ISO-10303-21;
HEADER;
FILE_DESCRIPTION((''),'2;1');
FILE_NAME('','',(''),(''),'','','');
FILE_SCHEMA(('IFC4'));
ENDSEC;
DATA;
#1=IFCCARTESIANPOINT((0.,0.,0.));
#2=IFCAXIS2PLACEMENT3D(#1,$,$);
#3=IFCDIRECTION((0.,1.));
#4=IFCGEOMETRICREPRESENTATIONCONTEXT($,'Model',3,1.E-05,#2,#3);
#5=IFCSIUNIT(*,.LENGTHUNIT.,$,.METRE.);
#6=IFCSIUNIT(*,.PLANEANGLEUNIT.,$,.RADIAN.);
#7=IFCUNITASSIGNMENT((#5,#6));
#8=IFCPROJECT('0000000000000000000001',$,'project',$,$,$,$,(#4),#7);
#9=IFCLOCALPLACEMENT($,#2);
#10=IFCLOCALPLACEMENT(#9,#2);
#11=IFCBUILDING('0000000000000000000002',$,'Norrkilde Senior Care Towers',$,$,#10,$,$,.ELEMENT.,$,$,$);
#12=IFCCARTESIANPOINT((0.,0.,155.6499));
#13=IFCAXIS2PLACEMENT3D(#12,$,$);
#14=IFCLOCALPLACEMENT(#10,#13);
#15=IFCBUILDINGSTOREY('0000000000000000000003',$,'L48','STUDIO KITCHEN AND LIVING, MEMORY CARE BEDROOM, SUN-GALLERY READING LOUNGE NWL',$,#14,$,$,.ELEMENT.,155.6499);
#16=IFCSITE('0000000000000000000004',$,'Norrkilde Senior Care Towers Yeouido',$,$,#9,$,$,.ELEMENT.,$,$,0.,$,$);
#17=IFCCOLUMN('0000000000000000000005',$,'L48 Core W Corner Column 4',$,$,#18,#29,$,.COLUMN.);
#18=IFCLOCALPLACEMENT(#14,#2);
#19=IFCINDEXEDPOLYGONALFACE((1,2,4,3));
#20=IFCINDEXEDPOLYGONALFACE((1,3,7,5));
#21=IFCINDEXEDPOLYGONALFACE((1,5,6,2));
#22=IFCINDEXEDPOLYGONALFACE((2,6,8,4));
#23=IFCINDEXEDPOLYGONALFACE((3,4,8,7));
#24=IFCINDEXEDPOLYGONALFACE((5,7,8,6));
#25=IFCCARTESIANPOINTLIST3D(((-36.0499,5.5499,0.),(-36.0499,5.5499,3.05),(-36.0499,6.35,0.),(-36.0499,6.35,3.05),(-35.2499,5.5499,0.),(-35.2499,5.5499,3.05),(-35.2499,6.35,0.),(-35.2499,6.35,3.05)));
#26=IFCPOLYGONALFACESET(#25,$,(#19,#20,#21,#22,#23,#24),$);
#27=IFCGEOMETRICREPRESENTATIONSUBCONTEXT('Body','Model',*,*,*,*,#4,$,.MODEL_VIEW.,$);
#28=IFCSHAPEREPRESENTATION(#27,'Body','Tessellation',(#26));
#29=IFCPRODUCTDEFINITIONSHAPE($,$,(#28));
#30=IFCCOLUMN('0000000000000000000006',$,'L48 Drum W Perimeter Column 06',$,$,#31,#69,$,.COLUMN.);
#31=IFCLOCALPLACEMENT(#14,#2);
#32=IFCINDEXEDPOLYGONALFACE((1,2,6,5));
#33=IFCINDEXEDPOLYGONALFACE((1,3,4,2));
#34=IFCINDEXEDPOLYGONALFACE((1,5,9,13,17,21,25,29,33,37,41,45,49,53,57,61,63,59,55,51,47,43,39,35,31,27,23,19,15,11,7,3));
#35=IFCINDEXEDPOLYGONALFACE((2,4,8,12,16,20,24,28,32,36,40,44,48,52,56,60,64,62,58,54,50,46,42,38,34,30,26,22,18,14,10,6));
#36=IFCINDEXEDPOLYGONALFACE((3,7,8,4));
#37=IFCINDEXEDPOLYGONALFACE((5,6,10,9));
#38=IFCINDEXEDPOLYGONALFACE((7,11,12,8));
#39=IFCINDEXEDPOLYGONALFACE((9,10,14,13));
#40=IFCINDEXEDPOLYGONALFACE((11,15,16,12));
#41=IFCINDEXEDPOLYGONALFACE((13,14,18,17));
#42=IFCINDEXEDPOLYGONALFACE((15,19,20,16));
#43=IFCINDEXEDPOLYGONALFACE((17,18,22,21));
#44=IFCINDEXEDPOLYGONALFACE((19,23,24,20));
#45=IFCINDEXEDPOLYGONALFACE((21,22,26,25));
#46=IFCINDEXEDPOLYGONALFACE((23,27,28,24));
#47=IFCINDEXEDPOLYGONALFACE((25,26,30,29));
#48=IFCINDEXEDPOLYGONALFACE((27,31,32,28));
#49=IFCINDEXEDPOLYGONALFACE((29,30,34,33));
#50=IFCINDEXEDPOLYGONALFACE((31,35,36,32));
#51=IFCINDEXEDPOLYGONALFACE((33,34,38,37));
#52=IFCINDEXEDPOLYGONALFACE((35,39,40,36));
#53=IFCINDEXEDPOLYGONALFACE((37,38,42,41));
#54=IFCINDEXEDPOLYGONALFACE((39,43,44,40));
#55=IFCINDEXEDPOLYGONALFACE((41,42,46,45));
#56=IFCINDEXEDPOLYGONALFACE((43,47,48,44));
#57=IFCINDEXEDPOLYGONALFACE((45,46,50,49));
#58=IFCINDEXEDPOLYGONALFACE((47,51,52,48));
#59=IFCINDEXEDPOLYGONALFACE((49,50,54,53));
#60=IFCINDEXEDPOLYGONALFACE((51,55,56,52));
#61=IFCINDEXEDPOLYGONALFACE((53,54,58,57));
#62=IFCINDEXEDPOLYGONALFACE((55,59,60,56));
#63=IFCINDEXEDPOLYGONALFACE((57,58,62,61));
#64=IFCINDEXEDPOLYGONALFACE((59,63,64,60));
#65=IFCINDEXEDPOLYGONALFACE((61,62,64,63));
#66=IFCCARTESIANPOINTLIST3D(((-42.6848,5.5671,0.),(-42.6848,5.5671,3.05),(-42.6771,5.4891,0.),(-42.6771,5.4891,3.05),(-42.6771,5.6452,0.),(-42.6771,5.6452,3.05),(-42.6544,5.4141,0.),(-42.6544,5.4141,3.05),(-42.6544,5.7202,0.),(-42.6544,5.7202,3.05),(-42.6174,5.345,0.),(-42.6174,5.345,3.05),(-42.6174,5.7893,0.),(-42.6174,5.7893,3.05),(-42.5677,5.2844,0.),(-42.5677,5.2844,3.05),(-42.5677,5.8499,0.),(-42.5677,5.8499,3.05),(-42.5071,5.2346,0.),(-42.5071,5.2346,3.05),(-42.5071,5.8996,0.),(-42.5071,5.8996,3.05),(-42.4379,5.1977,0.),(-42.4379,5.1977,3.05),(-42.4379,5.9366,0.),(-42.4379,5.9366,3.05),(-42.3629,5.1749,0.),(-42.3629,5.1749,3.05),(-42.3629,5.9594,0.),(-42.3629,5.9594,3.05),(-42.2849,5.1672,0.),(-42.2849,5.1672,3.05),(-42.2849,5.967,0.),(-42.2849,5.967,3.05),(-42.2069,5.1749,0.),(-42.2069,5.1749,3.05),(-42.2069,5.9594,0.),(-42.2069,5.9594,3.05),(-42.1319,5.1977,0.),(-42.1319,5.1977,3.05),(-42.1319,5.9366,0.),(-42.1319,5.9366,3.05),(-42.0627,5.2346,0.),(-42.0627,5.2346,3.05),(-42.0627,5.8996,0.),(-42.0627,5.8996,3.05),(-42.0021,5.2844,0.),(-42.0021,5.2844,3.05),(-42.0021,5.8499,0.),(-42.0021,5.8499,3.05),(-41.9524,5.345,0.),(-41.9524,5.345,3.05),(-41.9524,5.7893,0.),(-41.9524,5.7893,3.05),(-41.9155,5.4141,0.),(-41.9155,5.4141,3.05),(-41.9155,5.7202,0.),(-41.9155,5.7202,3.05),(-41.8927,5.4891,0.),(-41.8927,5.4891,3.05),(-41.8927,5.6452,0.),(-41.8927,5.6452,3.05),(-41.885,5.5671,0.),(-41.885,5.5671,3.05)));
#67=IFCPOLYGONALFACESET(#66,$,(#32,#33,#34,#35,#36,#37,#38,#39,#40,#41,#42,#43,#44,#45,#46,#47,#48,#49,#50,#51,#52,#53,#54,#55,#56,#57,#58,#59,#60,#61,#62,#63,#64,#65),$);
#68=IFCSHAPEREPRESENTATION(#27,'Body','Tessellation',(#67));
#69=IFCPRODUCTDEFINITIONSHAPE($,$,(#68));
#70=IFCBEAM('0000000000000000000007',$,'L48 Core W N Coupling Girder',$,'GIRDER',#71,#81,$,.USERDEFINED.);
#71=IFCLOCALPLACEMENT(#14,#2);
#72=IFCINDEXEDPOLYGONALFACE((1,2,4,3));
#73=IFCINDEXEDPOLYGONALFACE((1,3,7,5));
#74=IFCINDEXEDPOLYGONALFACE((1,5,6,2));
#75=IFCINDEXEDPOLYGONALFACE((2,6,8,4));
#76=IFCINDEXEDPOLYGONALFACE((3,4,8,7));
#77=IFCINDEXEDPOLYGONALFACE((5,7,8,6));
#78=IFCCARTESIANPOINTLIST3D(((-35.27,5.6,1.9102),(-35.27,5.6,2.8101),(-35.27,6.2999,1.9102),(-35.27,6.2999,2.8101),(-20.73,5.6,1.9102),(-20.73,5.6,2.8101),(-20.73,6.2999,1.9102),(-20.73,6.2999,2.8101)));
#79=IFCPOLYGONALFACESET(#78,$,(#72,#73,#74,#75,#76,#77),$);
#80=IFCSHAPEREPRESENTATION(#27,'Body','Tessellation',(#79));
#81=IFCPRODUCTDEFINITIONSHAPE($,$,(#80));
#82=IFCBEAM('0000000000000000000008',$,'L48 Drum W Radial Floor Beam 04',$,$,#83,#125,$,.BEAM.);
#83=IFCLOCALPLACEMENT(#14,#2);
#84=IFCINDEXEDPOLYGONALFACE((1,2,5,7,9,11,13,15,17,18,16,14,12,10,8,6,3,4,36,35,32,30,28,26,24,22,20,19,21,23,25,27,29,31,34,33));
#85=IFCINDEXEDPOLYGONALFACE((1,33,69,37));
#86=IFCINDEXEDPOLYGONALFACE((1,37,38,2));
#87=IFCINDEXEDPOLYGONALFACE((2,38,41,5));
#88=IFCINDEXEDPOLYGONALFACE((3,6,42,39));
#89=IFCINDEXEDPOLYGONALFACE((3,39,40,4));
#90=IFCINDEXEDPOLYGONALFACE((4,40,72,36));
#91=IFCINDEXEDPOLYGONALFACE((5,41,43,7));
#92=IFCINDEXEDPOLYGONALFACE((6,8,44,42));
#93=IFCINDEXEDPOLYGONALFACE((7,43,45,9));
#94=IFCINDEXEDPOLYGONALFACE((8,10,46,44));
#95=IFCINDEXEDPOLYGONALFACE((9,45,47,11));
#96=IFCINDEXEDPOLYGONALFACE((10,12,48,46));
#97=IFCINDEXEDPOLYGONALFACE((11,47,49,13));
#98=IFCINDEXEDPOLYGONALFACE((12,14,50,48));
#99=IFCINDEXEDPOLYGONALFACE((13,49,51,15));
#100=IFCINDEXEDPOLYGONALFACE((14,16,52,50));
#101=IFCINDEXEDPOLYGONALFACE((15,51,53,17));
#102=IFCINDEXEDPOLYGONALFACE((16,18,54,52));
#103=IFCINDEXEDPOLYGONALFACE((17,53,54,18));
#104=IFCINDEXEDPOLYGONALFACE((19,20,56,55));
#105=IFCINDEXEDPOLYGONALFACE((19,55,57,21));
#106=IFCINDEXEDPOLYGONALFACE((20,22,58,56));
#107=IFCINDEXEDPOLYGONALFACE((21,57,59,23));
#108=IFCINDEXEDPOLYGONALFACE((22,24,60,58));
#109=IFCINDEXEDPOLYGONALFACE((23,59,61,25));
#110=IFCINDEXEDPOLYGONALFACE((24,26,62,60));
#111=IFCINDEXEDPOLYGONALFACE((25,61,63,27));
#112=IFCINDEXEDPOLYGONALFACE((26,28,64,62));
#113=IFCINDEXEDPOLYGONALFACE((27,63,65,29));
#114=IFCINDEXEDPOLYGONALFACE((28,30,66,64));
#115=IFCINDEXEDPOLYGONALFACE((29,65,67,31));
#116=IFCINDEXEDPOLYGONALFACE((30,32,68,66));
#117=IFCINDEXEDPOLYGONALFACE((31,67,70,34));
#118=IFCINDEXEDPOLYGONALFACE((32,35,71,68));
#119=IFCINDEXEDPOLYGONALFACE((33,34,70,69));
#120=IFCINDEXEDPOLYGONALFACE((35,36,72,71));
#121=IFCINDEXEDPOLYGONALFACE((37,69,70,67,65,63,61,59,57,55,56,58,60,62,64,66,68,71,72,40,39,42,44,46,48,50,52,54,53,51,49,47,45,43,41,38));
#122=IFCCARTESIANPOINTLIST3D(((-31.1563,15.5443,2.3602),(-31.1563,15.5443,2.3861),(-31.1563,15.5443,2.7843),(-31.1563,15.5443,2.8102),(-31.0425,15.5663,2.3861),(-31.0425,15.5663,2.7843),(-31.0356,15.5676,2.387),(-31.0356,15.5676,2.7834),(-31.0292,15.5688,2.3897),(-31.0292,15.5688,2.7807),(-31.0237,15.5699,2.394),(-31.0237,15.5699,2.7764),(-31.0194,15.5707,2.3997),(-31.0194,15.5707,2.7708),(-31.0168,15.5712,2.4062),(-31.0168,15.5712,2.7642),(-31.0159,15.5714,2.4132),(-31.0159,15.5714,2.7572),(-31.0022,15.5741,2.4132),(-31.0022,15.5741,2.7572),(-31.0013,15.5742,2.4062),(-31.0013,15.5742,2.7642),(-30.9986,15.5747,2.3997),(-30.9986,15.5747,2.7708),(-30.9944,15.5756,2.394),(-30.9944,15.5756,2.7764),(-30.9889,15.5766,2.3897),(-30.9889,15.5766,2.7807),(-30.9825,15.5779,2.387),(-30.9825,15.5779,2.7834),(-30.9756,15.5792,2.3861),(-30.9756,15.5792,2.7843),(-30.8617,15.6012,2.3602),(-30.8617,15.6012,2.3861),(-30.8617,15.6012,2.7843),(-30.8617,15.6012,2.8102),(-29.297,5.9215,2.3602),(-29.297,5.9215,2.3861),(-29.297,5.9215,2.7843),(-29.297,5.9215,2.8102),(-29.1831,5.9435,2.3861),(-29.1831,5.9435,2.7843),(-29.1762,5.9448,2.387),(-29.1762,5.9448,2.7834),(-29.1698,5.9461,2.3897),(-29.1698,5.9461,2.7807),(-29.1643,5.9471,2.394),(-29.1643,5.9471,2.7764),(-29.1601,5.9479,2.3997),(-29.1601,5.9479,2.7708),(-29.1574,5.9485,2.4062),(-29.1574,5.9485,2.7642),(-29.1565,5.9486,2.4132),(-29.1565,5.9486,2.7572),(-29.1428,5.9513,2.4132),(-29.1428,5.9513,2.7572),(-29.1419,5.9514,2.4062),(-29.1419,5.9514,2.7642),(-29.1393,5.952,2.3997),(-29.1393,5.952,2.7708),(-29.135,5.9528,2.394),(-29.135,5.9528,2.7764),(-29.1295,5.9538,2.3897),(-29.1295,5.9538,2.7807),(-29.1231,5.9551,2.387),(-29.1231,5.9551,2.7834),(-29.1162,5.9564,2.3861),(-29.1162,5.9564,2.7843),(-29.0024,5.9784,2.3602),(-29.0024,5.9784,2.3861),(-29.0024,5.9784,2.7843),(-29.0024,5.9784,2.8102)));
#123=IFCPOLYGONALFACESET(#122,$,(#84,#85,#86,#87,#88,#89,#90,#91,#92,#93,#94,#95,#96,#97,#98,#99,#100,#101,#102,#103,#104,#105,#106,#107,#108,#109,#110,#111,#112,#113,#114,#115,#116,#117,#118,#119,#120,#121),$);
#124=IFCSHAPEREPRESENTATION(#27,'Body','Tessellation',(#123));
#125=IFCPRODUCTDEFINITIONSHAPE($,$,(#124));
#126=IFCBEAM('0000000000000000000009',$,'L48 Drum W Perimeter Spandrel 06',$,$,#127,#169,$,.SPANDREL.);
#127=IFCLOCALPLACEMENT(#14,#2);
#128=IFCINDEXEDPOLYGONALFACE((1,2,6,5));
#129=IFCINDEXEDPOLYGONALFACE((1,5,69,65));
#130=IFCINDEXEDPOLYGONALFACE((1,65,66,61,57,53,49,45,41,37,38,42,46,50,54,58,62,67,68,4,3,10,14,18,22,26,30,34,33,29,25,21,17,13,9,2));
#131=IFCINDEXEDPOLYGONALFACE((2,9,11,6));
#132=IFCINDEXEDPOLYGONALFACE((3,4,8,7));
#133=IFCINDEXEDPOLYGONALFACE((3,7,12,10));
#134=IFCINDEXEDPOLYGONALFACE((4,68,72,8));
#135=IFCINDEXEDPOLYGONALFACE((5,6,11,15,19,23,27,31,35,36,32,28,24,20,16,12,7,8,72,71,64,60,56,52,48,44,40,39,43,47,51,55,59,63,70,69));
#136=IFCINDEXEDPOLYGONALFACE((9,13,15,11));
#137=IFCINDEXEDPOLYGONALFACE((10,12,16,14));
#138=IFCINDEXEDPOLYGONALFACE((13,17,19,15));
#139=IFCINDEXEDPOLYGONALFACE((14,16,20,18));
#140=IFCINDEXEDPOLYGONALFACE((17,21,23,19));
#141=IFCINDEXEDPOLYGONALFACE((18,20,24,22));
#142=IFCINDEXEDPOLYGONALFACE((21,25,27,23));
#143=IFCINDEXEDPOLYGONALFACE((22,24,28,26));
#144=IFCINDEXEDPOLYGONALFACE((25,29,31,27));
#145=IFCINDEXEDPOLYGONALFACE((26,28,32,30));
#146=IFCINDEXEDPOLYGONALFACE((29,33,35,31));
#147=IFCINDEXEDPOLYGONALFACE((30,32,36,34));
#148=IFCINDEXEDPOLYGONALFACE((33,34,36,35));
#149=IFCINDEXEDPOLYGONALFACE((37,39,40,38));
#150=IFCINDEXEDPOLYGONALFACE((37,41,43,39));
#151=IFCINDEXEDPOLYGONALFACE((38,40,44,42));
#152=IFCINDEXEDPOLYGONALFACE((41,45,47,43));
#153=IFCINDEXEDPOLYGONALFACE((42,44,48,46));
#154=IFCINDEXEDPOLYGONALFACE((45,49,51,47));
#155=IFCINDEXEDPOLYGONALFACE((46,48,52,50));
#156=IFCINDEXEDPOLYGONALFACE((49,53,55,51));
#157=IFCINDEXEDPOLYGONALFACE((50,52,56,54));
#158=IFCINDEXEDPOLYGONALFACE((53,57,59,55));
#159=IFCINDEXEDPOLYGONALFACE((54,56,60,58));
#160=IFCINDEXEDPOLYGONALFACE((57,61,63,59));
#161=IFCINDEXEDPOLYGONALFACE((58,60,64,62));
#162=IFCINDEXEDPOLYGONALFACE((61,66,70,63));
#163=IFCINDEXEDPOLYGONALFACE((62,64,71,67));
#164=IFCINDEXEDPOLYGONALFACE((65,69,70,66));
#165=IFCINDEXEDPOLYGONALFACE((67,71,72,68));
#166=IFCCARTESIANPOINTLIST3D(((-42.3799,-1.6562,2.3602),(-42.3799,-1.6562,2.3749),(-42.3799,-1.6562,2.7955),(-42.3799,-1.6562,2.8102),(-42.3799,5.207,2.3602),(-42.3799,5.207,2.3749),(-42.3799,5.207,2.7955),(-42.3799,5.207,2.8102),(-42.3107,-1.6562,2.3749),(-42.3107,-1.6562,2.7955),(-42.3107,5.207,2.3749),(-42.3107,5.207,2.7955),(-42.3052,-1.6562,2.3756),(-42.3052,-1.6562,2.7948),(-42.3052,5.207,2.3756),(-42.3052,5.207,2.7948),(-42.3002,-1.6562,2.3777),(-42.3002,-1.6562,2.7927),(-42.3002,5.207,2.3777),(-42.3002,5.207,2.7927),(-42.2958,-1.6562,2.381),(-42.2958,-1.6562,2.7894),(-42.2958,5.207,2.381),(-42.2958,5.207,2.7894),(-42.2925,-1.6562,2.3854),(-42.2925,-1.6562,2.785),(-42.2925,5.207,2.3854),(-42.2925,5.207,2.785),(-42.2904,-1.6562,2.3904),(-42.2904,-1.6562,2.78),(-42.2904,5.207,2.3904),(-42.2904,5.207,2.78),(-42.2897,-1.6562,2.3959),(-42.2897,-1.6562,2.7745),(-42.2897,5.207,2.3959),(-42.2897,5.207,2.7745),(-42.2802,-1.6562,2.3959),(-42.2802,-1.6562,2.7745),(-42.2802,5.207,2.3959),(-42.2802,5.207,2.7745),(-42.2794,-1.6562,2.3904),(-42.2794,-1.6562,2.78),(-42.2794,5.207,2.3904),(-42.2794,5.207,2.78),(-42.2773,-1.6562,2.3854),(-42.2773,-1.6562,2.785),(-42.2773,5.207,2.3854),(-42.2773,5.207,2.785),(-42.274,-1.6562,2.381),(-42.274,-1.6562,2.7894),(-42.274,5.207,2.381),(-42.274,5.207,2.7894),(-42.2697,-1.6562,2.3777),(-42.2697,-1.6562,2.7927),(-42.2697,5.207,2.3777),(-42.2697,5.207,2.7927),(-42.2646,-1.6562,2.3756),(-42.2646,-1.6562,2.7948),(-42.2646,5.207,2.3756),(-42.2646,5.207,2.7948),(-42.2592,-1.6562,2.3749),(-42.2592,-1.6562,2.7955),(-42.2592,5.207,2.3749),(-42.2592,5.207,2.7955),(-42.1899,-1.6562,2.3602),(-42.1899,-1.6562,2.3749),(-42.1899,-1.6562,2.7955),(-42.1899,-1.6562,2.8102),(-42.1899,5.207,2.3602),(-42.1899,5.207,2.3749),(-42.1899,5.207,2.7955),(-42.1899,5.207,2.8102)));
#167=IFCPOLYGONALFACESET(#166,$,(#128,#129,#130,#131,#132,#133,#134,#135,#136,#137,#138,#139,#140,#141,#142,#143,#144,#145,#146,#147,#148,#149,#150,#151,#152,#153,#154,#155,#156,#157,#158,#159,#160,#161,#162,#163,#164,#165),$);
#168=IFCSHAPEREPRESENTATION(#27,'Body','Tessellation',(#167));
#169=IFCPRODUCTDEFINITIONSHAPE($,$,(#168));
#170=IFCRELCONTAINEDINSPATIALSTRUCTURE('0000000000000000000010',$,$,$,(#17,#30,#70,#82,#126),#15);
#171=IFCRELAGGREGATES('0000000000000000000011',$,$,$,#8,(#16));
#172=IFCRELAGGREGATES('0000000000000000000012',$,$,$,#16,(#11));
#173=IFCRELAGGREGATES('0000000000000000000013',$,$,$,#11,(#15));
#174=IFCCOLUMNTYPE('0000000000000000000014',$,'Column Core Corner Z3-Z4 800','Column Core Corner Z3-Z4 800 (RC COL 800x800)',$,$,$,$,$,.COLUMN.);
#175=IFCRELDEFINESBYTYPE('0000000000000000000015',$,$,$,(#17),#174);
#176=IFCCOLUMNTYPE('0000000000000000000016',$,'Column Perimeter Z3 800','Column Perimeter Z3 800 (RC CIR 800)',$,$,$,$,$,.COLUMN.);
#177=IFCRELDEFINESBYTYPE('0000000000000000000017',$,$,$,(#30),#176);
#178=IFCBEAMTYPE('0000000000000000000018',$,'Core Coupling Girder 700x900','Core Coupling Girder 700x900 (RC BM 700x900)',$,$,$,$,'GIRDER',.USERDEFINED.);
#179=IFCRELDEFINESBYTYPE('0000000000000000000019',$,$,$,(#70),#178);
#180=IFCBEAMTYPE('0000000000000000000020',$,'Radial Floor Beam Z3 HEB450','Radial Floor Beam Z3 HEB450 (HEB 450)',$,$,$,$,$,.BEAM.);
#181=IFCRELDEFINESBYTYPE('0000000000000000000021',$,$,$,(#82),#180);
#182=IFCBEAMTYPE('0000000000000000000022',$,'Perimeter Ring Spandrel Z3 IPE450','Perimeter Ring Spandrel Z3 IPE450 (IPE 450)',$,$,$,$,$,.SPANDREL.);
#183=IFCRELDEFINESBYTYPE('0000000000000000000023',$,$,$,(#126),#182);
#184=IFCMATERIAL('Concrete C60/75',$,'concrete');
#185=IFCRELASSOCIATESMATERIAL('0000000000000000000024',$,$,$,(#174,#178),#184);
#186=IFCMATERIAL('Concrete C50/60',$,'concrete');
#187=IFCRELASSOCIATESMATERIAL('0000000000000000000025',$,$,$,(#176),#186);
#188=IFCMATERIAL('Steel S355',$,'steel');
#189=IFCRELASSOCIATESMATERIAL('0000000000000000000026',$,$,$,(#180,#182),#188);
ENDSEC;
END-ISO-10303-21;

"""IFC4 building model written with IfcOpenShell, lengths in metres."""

from ifc_helpers import new_model, si_unit, direction, frame, origin, origin_2d, place, context, subcontext, project, spatial, rectangle, circle, i_section, extrude, source, transform, mapped, material, material_profile, profile_set, type_object, type_shapes, element, save


model = new_model("IFC4")

# Units and contexts
model_context = context("Model", 3, precision=1e-05, world=origin(), true_north=direction((0.0, 1.0)))
body_context = subcontext(model_context, "Body", "Model", "MODEL_VIEW")
ifc_project = project(units=[si_unit("LENGTHUNIT", "METRE"), si_unit("PLANEANGLEUNIT", "RADIAN")], contexts=[model_context])

# Site, building, storey
site_placement = place(None, origin())
site = spatial("IfcSite", under=ifc_project, at=site_placement, Name="Norrkilde Senior Care Towers Yeouido", CompositionType="ELEMENT", RefElevation=0.0)
building_placement = place(site_placement, origin())
building = spatial("IfcBuilding", under=site, at=building_placement, Name="Norrkilde Senior Care Towers", CompositionType="ELEMENT")
storey_placement = place(building_placement, frame((0.0, 0.0, 155.6499)))
storey = spatial("IfcBuildingStorey", under=building, at=storey_placement, Name="L48", Description="STUDIO KITCHEN AND LIVING, MEMORY CARE BEDROOM, SUN-GALLERY READING LOUNGE NWL", CompositionType="ELEMENT", Elevation=155.6499)

# Columns
ifc_material_1 = material(Name="Concrete C60/75", Category="concrete")
ifc_material_profile_1 = material_profile(ifc_material_1, rectangle(XDim=0.8, YDim=0.8, at=origin_2d()), Name="RC COL 800x800")
ifc_profile_set_1 = profile_set([ifc_material_profile_1], Name="Concrete C60/75")
column_type_1 = type_object("IfcColumnType", Name="Column Core Corner Z3-Z4 800", Description="Column Core Corner Z3-Z4 800 (RC COL 800x800)", PredefinedType="COLUMN", material=ifc_profile_set_1)
shared_shape_1 = source(origin(), body_context, "Body", "SweptSolid", [
    extrude(rectangle(XDim=0.8, YDim=0.8, at=origin_2d()), origin(), (0.0, 0.0, 1.0), 3.05),
])
type_shapes(column_type_1, [shared_shape_1])
column_1_placement = place(storey_placement, frame((-35.6499, 5.95, 0.0), z_axis=(0.0, 0.0, 1.0), x_axis=(1.0, 0.0, 0.0)))
element("IfcColumn", 1, at=column_1_placement, inside=storey, type_object=column_type_1, Name="L48 Core W Corner Column 4", PredefinedType="COLUMN", context=body_context, shape_type="MappedRepresentation", body=[
    mapped(shared_shape_1, transform((0.0, 0.0, 0.0), x_axis=(1.0, 0.0, 0.0), y_axis=(0.0, 1.0, 0.0), z_axis=(0.0, 0.0, 1.0), scale=1.0)),
])
ifc_material_2 = material(Name="Concrete C50/60", Category="concrete")
ifc_material_profile_2 = material_profile(ifc_material_2, circle(Radius=0.3999, at=origin_2d()), Name="RC CIR 800")
ifc_profile_set_2 = profile_set([ifc_material_profile_2], Name="Concrete C50/60")
column_type_2 = type_object("IfcColumnType", Name="Column Perimeter Z3 800", Description="Column Perimeter Z3 800 (RC CIR 800)", PredefinedType="COLUMN", material=ifc_profile_set_2)
shared_shape_2 = source(origin(), body_context, "Body", "SweptSolid", [
    extrude(circle(Radius=0.3999, at=origin_2d()), origin(), (0.0, 0.0, 1.0), 3.05),
])
type_shapes(column_type_2, [shared_shape_2])
column_2_placement = place(storey_placement, frame((-42.2849, 5.5671, 0.0), z_axis=(0.0, 0.0, 1.0), x_axis=(1.0, 0.0, 0.0)))
element("IfcColumn", 2, at=column_2_placement, inside=storey, type_object=column_type_2, Name="L48 Drum W Perimeter Column 06", PredefinedType="COLUMN", context=body_context, shape_type="MappedRepresentation", body=[
    mapped(shared_shape_2, transform((0.0, 0.0, 0.0), x_axis=(1.0, 0.0, 0.0), y_axis=(0.0, 1.0, 0.0), z_axis=(0.0, 0.0, 1.0), scale=1.0)),
])

# Beams
ifc_material_profile_3 = material_profile(ifc_material_1, rectangle(XDim=0.7, YDim=0.8999, at=origin_2d()), Name="RC BM 700x900")
ifc_profile_set_3 = profile_set([ifc_material_profile_3], Name="Concrete C60/75")
beam_type_1 = type_object("IfcBeamType", Name="Core Coupling Girder 700x900", Description="Core Coupling Girder 700x900 (RC BM 700x900)", ElementType="GIRDER", PredefinedType="USERDEFINED", material=ifc_profile_set_3)
shared_shape_3 = source(origin(), body_context, "Body", "SweptSolid", [
    extrude(rectangle(XDim=0.7, YDim=0.8999, at=origin_2d()), origin(), (0.0, 0.0, 1.0), 14.54),
])
type_shapes(beam_type_1, [shared_shape_3])
beam_1_placement = place(storey_placement, frame((-35.27, 5.95, 2.3601), z_axis=(1.0, 0.0, 0.0), x_axis=(0.0, 1.0, 0.0)))
element("IfcBeam", 3, at=beam_1_placement, inside=storey, type_object=beam_type_1, Name="L48 Core W N Coupling Girder", ObjectType="GIRDER", PredefinedType="USERDEFINED", context=body_context, shape_type="MappedRepresentation", body=[
    mapped(shared_shape_3, transform((0.0, 0.0, 0.0), x_axis=(1.0, 0.0, 0.0), y_axis=(0.0, 1.0, 0.0), z_axis=(0.0, 0.0, 1.0), scale=1.0)),
])
ifc_material_3 = material(Name="Steel S355", Category="steel")
ifc_material_profile_4 = material_profile(ifc_material_3, i_section(OverallWidth=0.3, OverallDepth=0.45, WebThickness=0.0139, FlangeThickness=0.0259, FilletRadius=0.0271, at=origin_2d()), Name="HEB 450")
ifc_profile_set_4 = profile_set([ifc_material_profile_4], Name="Steel S355")
beam_type_2 = type_object("IfcBeamType", Name="Radial Floor Beam Z3 HEB450", Description="Radial Floor Beam Z3 HEB450 (HEB 450)", PredefinedType="BEAM", material=ifc_profile_set_4)
shared_shape_4 = source(origin(), body_context, "Body", "SweptSolid", [
    extrude(i_section(OverallWidth=0.3, OverallDepth=0.45, WebThickness=0.0139, FlangeThickness=0.0259, FilletRadius=0.0271, at=origin_2d()), origin(), (0.0, 0.0, 1.0), 9.8008),
])
beam_2_placement = place(storey_placement, frame((-29.1497, 5.95, 2.5852), z_axis=(-0.189717, 0.981839, 0.0), x_axis=(-0.981839, -0.189717, 0.0)))
element("IfcBeam", 4, at=beam_2_placement, inside=storey, type_object=beam_type_2, Name="L48 Drum W Radial Floor Beam 04", PredefinedType="BEAM", context=body_context, shape_type="MappedRepresentation", body=[
    mapped(shared_shape_4, transform((0.0, 0.0, 0.0), x_axis=(1.0, 0.0, 0.0), y_axis=(0.0, 1.0, 0.0), z_axis=(0.0, 0.0, 1.0), scale=1.0)),
])
ifc_material_profile_5 = material_profile(ifc_material_3, i_section(OverallWidth=0.1899, OverallDepth=0.45, WebThickness=0.0095, FlangeThickness=0.0146, FilletRadius=0.021, at=origin_2d()), Name="IPE 450")
ifc_profile_set_5 = profile_set([ifc_material_profile_5], Name="Steel S355")
beam_type_3 = type_object("IfcBeamType", Name="Perimeter Ring Spandrel Z3 IPE450", Description="Perimeter Ring Spandrel Z3 IPE450 (IPE 450)", PredefinedType="SPANDREL", material=ifc_profile_set_5)
shared_shape_5 = source(origin(), body_context, "Body", "SweptSolid", [
    extrude(i_section(OverallWidth=0.1899, OverallDepth=0.45, WebThickness=0.0095, FlangeThickness=0.0146, FilletRadius=0.021, at=origin_2d()), origin(), (0.0, 0.0, 1.0), 6.8633),
])
type_shapes(beam_type_3, [shared_shape_5])
beam_3_placement = place(storey_placement, frame((-42.2849, 5.207, 2.5852), z_axis=(0.0, -1.0, 0.0), x_axis=(1.0, 0.0, 0.0)))
element("IfcBeam", 5, at=beam_3_placement, inside=storey, type_object=beam_type_3, Name="L48 Drum W Perimeter Spandrel 06", PredefinedType="SPANDREL", context=body_context, shape_type="MappedRepresentation", body=[
    mapped(shared_shape_5, transform((0.0, 0.0, 0.0), x_axis=(1.0, 0.0, 0.0), y_axis=(0.0, 1.0, 0.0), z_axis=(0.0, 0.0, 1.0), scale=1.0)),
])

save(model, "model.ifc")
